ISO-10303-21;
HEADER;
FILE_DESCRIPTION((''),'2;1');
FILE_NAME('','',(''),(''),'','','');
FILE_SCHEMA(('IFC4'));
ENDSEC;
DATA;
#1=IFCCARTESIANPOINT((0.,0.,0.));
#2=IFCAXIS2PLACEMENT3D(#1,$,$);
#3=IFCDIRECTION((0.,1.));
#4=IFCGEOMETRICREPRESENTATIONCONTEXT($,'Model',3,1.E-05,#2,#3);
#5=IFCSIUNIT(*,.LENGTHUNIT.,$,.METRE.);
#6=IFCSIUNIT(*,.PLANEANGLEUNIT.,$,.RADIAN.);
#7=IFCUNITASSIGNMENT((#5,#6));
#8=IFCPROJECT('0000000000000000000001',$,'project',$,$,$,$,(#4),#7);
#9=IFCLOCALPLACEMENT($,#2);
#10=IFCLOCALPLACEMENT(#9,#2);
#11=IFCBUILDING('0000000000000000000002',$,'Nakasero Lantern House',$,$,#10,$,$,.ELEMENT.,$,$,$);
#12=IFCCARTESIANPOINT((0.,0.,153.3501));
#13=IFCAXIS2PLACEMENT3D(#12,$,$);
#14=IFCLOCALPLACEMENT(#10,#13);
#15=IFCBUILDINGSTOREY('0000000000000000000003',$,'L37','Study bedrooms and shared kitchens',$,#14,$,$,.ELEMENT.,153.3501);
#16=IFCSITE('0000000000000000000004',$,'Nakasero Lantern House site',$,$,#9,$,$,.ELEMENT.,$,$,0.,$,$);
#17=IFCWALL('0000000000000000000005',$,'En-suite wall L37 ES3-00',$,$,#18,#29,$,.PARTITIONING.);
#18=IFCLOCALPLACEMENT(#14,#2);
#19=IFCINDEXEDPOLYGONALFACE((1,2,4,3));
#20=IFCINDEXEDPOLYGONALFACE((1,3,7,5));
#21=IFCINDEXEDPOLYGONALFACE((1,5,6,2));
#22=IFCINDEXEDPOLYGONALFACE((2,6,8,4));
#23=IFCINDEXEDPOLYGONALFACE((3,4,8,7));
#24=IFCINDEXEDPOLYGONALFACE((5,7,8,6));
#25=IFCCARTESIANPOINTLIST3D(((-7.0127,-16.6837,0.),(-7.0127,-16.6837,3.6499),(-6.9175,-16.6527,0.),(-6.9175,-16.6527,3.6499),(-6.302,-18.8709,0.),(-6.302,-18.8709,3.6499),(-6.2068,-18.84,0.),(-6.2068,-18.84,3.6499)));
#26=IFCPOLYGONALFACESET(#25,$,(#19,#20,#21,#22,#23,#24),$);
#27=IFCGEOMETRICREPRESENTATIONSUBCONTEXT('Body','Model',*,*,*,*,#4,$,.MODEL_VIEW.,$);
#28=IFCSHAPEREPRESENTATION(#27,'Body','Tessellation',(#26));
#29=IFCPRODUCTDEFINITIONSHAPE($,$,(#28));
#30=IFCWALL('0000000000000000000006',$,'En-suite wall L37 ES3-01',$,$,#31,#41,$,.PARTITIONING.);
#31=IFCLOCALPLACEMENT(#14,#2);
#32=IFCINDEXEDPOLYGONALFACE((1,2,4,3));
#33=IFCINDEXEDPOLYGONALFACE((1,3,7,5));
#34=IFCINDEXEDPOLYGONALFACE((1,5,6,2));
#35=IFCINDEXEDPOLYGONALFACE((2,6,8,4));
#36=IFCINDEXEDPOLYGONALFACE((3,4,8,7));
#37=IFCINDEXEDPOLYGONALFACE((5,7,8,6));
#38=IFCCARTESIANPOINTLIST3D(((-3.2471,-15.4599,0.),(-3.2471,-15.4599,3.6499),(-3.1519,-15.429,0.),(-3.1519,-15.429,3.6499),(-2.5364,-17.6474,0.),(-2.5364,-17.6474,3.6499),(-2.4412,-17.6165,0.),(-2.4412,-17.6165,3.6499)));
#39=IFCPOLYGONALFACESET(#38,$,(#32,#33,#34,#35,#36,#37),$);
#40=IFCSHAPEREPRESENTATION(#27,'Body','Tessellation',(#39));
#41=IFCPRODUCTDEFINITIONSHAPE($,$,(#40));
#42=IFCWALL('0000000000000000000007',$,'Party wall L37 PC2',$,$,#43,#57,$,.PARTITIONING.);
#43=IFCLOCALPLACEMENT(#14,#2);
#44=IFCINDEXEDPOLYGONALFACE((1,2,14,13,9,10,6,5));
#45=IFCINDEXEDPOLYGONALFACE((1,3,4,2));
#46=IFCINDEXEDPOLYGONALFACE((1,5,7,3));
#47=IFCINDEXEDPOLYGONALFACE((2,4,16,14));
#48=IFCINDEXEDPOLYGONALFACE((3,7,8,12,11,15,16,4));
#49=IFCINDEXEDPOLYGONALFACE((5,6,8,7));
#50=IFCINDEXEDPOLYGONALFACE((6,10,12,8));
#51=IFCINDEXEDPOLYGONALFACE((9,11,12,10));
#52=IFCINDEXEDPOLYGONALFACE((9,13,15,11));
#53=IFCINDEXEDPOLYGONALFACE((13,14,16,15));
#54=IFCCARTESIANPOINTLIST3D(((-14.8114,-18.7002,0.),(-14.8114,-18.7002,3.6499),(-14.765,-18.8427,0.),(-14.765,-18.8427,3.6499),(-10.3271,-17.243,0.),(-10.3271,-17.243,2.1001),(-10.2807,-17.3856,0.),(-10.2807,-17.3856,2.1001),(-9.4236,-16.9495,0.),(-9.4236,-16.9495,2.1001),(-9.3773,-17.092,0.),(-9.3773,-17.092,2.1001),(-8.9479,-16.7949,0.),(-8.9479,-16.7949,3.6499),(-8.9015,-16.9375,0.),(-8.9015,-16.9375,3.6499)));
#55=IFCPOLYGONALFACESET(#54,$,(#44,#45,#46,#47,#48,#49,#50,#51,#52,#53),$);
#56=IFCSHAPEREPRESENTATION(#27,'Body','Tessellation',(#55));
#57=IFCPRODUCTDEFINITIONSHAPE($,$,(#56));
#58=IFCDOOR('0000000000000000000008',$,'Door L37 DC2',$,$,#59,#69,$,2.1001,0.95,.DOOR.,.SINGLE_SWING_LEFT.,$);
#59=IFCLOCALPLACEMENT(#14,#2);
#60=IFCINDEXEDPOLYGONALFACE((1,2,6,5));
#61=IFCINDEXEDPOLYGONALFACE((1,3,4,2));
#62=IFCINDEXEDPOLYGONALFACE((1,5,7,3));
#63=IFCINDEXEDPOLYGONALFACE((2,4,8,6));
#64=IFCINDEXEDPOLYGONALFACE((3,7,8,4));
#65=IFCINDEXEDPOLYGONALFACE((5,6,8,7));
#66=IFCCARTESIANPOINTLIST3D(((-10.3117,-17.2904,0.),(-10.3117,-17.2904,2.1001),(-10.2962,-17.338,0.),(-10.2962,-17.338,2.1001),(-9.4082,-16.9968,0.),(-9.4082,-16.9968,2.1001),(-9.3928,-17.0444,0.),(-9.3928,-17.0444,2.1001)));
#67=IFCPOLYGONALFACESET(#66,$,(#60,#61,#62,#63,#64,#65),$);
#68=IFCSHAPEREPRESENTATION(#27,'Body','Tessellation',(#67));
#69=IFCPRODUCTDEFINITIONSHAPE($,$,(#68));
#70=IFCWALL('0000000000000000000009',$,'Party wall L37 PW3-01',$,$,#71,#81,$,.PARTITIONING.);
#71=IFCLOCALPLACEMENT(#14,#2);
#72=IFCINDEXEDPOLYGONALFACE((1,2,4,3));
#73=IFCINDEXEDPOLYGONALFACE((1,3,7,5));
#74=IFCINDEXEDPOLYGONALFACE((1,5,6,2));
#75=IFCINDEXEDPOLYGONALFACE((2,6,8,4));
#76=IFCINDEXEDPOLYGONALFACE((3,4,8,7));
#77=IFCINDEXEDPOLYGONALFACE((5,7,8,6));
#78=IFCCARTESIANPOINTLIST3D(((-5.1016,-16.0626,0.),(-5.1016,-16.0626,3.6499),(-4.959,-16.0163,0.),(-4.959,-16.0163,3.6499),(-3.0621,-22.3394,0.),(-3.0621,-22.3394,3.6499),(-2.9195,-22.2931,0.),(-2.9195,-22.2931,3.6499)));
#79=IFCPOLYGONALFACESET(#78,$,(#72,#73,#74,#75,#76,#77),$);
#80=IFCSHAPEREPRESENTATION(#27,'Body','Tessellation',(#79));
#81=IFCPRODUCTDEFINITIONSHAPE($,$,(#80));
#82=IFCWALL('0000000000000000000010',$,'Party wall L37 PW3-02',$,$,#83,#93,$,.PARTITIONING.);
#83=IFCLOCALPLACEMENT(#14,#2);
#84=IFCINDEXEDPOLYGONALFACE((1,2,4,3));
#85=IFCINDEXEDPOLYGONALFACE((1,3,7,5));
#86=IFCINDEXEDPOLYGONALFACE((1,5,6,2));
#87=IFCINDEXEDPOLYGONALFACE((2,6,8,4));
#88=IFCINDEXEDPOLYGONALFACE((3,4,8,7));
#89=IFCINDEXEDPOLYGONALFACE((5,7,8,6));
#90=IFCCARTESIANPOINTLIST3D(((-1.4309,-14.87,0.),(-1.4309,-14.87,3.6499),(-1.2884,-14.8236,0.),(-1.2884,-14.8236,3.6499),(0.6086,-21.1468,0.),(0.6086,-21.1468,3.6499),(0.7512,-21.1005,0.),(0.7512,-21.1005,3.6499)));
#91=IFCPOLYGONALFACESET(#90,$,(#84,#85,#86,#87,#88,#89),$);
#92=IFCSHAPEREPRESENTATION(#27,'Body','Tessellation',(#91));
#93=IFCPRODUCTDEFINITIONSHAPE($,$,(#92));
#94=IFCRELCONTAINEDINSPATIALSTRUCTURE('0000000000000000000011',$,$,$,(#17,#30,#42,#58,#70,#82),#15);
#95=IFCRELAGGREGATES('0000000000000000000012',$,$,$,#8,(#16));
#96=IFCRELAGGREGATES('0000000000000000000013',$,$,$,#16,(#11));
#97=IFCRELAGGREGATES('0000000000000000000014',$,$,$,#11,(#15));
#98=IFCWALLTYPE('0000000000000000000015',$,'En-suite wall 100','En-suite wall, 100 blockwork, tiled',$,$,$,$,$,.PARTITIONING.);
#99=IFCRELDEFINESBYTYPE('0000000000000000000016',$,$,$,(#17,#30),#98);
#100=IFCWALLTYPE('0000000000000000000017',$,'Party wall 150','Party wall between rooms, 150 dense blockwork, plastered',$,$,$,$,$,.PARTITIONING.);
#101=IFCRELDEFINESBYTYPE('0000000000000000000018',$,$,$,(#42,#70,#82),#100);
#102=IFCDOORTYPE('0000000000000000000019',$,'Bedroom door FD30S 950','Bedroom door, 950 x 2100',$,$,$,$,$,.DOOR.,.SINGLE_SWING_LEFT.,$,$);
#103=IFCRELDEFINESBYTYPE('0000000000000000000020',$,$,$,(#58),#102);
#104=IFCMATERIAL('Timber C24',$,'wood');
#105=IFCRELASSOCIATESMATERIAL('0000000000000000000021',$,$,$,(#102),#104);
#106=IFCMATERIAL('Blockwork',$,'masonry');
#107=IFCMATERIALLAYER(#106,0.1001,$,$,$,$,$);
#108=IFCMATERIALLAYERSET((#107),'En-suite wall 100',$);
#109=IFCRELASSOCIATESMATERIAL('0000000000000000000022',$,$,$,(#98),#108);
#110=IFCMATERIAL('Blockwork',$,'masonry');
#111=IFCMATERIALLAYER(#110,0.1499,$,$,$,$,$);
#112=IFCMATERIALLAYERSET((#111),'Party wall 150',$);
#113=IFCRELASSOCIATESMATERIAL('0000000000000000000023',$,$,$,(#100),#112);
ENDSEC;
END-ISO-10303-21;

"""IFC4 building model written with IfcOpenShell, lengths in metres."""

from ifc_helpers import new_model, si_unit, direction, frame, frame_2d, origin, place, context, subcontext, project, spatial, rectangle, extrude, material, layer, layer_set, type_object, element, fill, save


model = new_model("IFC4")

# Units and contexts
model_context = context("Model", 3, precision=1e-05, world=origin(), true_north=direction((0.0, 1.0)))
body_context = subcontext(model_context, "Body", "Model", "MODEL_VIEW")
ifc_project = project(units=[si_unit("LENGTHUNIT", "METRE"), si_unit("PLANEANGLEUNIT", "RADIAN")], contexts=[model_context])

# Site, building, storey
site_placement = place(None, origin())
site = spatial("IfcSite", under=ifc_project, at=site_placement, Name="Nakasero Lantern House site", CompositionType="ELEMENT", RefElevation=0.0)
building_placement = place(site_placement, origin())
building = spatial("IfcBuilding", under=site, at=building_placement, Name="Nakasero Lantern House", CompositionType="ELEMENT")
storey_placement = place(building_placement, frame((0.0, 0.0, 153.3501)))
storey = spatial("IfcBuildingStorey", under=building, at=storey_placement, Name="L37", Description="Study bedrooms and shared kitchens", CompositionType="ELEMENT", Elevation=153.3501)

# Shared definitions
ifc_material_1 = material(Name="Timber C24", Category="wood")
door_type_1 = type_object("IfcDoorType", Name="Bedroom door FD30S 950", Description="Bedroom door, 950 x 2100", OperationType="SINGLE_SWING_LEFT", PredefinedType="DOOR", material=ifc_material_1)

# Walls
ifc_material_2 = material(Name="Blockwork", Category="masonry")
ifc_layer_1 = layer(ifc_material_2, 0.1001)
ifc_layer_set_1 = layer_set([ifc_layer_1], Name="En-suite wall 100")
wall_type_1 = type_object("IfcWallType", Name="En-suite wall 100", Description="En-suite wall, 100 blockwork, tiled", PredefinedType="PARTITIONING", material=ifc_layer_set_1)
wall_1_placement = place(storey_placement, frame((-6.9651, -16.6682, 0.0), z_axis=(0.0, 0.0, 1.0), x_axis=(0.309021, -0.951055, 0.0)))
element("IfcWall", 1, at=wall_1_placement, inside=storey, type_object=wall_type_1, Name="En-suite wall L37 ES3-00", PredefinedType="PARTITIONING", context=body_context, shape_type="SweptSolid", body=[
    extrude(rectangle(XDim=2.2998, YDim=0.1001, at=frame_2d((1.1499, 0.0))), origin(), (0.0, 0.0, 1.0), 3.6499),
])
wall_2_placement = place(storey_placement, frame((-3.1995, -15.4446, 0.0), z_axis=(0.0, 0.0, 1.0), x_axis=(0.30899, -0.951065, 0.0)))
element("IfcWall", 2, at=wall_2_placement, inside=storey, type_object=wall_type_1, Name="En-suite wall L37 ES3-01", PredefinedType="PARTITIONING", context=body_context, shape_type="SweptSolid", body=[
    extrude(rectangle(XDim=2.3, YDim=0.1001, at=frame_2d((1.1499, 0.0))), origin(), (0.0, 0.0, 1.0), 3.6499),
])

# Wall, opening, door
ifc_material_3 = material(Name="Blockwork", Category="masonry")
ifc_layer_2 = layer(ifc_material_3, 0.1499)
ifc_layer_set_2 = layer_set([ifc_layer_2], Name="Party wall 150")
wall_type_2 = type_object("IfcWallType", Name="Party wall 150", Description="Party wall between rooms, 150 dense blockwork, plastered", PredefinedType="PARTITIONING", material=ifc_layer_set_2)
wall_3_placement = place(storey_placement, frame((-8.9248, -16.8662, 0.0), z_axis=(0.0, 0.0, 1.0), x_axis=(-0.951052, -0.309031, 0.0)))
wall_3 = element("IfcWall", 3, at=wall_3_placement, inside=storey, type_object=wall_type_2, Name="Party wall L37 PC2", PredefinedType="PARTITIONING", context=body_context, shape_type="SweptSolid", body=[
    extrude(rectangle(XDim=6.1653, YDim=0.1499, at=frame_2d((3.0825, 0.0))), origin(), (0.0, 0.0, 1.0), 3.6499),
])
opening_1_placement = place(wall_3_placement, frame((0.5, 0.0, 0.0)))
opening_1 = element("IfcOpeningElement", 4, at=opening_1_placement, cuts=wall_3, PredefinedType="OPENING", context=body_context, shape_type="SweptSolid", body=[
    extrude(rectangle(XDim=0.95, YDim=2.1001, at=frame_2d((0.4751, 1.05))), frame((0.0, 0.095, 0.0), z_axis=(0.0, -1.0, 0.0), x_axis=(1.0, 0.0, 0.0)), (0.0, 0.0, 1.0), 0.1899),
])
door_1_placement = place(opening_1_placement, origin())
door_1 = element("IfcDoor", 5, at=door_1_placement, inside=storey, type_object=door_type_1, Name="Door L37 DC2", OperationType="SINGLE_SWING_LEFT", OverallHeight=2.1001, OverallWidth=0.95, PredefinedType="DOOR", context=body_context, shape_type="SweptSolid", body=[
    extrude(rectangle(XDim=0.95, YDim=2.1001, at=frame_2d((0.4751, 1.05))), frame((0.0, 0.0249, 0.0), z_axis=(0.0, -1.0, 0.0), x_axis=(1.0, 0.0, 0.0)), (0.0, 0.0, 1.0), 0.05),
])
fill(opening_1, door_1)

# Walls
for number, where, z_axis, x_axis, name in (
    (6, (-5.0303, -16.0396, 0.0), (0.0, 0.0, 1.0), (0.309028, -0.951053, 0.0), "Party wall L37 PW3-01"),
    (7, (-1.3596, -14.8469, 0.0), (0.0, 0.0, 1.0), (0.309028, -0.951053, 0.0), "Party wall L37 PW3-02"),
):
    element("IfcWall", number, at=place(storey_placement, frame(where, z_axis=z_axis, x_axis=x_axis)), inside=storey, type_object=wall_type_2, Name=name, PredefinedType="PARTITIONING", context=body_context, shape_type="SweptSolid", body=[
        extrude(rectangle(XDim=6.5999, YDim=0.1499, at=frame_2d((3.2998, 0.0))), origin(), (0.0, 0.0, 1.0), 3.6499),
    ])

save(model, "model.ifc")
